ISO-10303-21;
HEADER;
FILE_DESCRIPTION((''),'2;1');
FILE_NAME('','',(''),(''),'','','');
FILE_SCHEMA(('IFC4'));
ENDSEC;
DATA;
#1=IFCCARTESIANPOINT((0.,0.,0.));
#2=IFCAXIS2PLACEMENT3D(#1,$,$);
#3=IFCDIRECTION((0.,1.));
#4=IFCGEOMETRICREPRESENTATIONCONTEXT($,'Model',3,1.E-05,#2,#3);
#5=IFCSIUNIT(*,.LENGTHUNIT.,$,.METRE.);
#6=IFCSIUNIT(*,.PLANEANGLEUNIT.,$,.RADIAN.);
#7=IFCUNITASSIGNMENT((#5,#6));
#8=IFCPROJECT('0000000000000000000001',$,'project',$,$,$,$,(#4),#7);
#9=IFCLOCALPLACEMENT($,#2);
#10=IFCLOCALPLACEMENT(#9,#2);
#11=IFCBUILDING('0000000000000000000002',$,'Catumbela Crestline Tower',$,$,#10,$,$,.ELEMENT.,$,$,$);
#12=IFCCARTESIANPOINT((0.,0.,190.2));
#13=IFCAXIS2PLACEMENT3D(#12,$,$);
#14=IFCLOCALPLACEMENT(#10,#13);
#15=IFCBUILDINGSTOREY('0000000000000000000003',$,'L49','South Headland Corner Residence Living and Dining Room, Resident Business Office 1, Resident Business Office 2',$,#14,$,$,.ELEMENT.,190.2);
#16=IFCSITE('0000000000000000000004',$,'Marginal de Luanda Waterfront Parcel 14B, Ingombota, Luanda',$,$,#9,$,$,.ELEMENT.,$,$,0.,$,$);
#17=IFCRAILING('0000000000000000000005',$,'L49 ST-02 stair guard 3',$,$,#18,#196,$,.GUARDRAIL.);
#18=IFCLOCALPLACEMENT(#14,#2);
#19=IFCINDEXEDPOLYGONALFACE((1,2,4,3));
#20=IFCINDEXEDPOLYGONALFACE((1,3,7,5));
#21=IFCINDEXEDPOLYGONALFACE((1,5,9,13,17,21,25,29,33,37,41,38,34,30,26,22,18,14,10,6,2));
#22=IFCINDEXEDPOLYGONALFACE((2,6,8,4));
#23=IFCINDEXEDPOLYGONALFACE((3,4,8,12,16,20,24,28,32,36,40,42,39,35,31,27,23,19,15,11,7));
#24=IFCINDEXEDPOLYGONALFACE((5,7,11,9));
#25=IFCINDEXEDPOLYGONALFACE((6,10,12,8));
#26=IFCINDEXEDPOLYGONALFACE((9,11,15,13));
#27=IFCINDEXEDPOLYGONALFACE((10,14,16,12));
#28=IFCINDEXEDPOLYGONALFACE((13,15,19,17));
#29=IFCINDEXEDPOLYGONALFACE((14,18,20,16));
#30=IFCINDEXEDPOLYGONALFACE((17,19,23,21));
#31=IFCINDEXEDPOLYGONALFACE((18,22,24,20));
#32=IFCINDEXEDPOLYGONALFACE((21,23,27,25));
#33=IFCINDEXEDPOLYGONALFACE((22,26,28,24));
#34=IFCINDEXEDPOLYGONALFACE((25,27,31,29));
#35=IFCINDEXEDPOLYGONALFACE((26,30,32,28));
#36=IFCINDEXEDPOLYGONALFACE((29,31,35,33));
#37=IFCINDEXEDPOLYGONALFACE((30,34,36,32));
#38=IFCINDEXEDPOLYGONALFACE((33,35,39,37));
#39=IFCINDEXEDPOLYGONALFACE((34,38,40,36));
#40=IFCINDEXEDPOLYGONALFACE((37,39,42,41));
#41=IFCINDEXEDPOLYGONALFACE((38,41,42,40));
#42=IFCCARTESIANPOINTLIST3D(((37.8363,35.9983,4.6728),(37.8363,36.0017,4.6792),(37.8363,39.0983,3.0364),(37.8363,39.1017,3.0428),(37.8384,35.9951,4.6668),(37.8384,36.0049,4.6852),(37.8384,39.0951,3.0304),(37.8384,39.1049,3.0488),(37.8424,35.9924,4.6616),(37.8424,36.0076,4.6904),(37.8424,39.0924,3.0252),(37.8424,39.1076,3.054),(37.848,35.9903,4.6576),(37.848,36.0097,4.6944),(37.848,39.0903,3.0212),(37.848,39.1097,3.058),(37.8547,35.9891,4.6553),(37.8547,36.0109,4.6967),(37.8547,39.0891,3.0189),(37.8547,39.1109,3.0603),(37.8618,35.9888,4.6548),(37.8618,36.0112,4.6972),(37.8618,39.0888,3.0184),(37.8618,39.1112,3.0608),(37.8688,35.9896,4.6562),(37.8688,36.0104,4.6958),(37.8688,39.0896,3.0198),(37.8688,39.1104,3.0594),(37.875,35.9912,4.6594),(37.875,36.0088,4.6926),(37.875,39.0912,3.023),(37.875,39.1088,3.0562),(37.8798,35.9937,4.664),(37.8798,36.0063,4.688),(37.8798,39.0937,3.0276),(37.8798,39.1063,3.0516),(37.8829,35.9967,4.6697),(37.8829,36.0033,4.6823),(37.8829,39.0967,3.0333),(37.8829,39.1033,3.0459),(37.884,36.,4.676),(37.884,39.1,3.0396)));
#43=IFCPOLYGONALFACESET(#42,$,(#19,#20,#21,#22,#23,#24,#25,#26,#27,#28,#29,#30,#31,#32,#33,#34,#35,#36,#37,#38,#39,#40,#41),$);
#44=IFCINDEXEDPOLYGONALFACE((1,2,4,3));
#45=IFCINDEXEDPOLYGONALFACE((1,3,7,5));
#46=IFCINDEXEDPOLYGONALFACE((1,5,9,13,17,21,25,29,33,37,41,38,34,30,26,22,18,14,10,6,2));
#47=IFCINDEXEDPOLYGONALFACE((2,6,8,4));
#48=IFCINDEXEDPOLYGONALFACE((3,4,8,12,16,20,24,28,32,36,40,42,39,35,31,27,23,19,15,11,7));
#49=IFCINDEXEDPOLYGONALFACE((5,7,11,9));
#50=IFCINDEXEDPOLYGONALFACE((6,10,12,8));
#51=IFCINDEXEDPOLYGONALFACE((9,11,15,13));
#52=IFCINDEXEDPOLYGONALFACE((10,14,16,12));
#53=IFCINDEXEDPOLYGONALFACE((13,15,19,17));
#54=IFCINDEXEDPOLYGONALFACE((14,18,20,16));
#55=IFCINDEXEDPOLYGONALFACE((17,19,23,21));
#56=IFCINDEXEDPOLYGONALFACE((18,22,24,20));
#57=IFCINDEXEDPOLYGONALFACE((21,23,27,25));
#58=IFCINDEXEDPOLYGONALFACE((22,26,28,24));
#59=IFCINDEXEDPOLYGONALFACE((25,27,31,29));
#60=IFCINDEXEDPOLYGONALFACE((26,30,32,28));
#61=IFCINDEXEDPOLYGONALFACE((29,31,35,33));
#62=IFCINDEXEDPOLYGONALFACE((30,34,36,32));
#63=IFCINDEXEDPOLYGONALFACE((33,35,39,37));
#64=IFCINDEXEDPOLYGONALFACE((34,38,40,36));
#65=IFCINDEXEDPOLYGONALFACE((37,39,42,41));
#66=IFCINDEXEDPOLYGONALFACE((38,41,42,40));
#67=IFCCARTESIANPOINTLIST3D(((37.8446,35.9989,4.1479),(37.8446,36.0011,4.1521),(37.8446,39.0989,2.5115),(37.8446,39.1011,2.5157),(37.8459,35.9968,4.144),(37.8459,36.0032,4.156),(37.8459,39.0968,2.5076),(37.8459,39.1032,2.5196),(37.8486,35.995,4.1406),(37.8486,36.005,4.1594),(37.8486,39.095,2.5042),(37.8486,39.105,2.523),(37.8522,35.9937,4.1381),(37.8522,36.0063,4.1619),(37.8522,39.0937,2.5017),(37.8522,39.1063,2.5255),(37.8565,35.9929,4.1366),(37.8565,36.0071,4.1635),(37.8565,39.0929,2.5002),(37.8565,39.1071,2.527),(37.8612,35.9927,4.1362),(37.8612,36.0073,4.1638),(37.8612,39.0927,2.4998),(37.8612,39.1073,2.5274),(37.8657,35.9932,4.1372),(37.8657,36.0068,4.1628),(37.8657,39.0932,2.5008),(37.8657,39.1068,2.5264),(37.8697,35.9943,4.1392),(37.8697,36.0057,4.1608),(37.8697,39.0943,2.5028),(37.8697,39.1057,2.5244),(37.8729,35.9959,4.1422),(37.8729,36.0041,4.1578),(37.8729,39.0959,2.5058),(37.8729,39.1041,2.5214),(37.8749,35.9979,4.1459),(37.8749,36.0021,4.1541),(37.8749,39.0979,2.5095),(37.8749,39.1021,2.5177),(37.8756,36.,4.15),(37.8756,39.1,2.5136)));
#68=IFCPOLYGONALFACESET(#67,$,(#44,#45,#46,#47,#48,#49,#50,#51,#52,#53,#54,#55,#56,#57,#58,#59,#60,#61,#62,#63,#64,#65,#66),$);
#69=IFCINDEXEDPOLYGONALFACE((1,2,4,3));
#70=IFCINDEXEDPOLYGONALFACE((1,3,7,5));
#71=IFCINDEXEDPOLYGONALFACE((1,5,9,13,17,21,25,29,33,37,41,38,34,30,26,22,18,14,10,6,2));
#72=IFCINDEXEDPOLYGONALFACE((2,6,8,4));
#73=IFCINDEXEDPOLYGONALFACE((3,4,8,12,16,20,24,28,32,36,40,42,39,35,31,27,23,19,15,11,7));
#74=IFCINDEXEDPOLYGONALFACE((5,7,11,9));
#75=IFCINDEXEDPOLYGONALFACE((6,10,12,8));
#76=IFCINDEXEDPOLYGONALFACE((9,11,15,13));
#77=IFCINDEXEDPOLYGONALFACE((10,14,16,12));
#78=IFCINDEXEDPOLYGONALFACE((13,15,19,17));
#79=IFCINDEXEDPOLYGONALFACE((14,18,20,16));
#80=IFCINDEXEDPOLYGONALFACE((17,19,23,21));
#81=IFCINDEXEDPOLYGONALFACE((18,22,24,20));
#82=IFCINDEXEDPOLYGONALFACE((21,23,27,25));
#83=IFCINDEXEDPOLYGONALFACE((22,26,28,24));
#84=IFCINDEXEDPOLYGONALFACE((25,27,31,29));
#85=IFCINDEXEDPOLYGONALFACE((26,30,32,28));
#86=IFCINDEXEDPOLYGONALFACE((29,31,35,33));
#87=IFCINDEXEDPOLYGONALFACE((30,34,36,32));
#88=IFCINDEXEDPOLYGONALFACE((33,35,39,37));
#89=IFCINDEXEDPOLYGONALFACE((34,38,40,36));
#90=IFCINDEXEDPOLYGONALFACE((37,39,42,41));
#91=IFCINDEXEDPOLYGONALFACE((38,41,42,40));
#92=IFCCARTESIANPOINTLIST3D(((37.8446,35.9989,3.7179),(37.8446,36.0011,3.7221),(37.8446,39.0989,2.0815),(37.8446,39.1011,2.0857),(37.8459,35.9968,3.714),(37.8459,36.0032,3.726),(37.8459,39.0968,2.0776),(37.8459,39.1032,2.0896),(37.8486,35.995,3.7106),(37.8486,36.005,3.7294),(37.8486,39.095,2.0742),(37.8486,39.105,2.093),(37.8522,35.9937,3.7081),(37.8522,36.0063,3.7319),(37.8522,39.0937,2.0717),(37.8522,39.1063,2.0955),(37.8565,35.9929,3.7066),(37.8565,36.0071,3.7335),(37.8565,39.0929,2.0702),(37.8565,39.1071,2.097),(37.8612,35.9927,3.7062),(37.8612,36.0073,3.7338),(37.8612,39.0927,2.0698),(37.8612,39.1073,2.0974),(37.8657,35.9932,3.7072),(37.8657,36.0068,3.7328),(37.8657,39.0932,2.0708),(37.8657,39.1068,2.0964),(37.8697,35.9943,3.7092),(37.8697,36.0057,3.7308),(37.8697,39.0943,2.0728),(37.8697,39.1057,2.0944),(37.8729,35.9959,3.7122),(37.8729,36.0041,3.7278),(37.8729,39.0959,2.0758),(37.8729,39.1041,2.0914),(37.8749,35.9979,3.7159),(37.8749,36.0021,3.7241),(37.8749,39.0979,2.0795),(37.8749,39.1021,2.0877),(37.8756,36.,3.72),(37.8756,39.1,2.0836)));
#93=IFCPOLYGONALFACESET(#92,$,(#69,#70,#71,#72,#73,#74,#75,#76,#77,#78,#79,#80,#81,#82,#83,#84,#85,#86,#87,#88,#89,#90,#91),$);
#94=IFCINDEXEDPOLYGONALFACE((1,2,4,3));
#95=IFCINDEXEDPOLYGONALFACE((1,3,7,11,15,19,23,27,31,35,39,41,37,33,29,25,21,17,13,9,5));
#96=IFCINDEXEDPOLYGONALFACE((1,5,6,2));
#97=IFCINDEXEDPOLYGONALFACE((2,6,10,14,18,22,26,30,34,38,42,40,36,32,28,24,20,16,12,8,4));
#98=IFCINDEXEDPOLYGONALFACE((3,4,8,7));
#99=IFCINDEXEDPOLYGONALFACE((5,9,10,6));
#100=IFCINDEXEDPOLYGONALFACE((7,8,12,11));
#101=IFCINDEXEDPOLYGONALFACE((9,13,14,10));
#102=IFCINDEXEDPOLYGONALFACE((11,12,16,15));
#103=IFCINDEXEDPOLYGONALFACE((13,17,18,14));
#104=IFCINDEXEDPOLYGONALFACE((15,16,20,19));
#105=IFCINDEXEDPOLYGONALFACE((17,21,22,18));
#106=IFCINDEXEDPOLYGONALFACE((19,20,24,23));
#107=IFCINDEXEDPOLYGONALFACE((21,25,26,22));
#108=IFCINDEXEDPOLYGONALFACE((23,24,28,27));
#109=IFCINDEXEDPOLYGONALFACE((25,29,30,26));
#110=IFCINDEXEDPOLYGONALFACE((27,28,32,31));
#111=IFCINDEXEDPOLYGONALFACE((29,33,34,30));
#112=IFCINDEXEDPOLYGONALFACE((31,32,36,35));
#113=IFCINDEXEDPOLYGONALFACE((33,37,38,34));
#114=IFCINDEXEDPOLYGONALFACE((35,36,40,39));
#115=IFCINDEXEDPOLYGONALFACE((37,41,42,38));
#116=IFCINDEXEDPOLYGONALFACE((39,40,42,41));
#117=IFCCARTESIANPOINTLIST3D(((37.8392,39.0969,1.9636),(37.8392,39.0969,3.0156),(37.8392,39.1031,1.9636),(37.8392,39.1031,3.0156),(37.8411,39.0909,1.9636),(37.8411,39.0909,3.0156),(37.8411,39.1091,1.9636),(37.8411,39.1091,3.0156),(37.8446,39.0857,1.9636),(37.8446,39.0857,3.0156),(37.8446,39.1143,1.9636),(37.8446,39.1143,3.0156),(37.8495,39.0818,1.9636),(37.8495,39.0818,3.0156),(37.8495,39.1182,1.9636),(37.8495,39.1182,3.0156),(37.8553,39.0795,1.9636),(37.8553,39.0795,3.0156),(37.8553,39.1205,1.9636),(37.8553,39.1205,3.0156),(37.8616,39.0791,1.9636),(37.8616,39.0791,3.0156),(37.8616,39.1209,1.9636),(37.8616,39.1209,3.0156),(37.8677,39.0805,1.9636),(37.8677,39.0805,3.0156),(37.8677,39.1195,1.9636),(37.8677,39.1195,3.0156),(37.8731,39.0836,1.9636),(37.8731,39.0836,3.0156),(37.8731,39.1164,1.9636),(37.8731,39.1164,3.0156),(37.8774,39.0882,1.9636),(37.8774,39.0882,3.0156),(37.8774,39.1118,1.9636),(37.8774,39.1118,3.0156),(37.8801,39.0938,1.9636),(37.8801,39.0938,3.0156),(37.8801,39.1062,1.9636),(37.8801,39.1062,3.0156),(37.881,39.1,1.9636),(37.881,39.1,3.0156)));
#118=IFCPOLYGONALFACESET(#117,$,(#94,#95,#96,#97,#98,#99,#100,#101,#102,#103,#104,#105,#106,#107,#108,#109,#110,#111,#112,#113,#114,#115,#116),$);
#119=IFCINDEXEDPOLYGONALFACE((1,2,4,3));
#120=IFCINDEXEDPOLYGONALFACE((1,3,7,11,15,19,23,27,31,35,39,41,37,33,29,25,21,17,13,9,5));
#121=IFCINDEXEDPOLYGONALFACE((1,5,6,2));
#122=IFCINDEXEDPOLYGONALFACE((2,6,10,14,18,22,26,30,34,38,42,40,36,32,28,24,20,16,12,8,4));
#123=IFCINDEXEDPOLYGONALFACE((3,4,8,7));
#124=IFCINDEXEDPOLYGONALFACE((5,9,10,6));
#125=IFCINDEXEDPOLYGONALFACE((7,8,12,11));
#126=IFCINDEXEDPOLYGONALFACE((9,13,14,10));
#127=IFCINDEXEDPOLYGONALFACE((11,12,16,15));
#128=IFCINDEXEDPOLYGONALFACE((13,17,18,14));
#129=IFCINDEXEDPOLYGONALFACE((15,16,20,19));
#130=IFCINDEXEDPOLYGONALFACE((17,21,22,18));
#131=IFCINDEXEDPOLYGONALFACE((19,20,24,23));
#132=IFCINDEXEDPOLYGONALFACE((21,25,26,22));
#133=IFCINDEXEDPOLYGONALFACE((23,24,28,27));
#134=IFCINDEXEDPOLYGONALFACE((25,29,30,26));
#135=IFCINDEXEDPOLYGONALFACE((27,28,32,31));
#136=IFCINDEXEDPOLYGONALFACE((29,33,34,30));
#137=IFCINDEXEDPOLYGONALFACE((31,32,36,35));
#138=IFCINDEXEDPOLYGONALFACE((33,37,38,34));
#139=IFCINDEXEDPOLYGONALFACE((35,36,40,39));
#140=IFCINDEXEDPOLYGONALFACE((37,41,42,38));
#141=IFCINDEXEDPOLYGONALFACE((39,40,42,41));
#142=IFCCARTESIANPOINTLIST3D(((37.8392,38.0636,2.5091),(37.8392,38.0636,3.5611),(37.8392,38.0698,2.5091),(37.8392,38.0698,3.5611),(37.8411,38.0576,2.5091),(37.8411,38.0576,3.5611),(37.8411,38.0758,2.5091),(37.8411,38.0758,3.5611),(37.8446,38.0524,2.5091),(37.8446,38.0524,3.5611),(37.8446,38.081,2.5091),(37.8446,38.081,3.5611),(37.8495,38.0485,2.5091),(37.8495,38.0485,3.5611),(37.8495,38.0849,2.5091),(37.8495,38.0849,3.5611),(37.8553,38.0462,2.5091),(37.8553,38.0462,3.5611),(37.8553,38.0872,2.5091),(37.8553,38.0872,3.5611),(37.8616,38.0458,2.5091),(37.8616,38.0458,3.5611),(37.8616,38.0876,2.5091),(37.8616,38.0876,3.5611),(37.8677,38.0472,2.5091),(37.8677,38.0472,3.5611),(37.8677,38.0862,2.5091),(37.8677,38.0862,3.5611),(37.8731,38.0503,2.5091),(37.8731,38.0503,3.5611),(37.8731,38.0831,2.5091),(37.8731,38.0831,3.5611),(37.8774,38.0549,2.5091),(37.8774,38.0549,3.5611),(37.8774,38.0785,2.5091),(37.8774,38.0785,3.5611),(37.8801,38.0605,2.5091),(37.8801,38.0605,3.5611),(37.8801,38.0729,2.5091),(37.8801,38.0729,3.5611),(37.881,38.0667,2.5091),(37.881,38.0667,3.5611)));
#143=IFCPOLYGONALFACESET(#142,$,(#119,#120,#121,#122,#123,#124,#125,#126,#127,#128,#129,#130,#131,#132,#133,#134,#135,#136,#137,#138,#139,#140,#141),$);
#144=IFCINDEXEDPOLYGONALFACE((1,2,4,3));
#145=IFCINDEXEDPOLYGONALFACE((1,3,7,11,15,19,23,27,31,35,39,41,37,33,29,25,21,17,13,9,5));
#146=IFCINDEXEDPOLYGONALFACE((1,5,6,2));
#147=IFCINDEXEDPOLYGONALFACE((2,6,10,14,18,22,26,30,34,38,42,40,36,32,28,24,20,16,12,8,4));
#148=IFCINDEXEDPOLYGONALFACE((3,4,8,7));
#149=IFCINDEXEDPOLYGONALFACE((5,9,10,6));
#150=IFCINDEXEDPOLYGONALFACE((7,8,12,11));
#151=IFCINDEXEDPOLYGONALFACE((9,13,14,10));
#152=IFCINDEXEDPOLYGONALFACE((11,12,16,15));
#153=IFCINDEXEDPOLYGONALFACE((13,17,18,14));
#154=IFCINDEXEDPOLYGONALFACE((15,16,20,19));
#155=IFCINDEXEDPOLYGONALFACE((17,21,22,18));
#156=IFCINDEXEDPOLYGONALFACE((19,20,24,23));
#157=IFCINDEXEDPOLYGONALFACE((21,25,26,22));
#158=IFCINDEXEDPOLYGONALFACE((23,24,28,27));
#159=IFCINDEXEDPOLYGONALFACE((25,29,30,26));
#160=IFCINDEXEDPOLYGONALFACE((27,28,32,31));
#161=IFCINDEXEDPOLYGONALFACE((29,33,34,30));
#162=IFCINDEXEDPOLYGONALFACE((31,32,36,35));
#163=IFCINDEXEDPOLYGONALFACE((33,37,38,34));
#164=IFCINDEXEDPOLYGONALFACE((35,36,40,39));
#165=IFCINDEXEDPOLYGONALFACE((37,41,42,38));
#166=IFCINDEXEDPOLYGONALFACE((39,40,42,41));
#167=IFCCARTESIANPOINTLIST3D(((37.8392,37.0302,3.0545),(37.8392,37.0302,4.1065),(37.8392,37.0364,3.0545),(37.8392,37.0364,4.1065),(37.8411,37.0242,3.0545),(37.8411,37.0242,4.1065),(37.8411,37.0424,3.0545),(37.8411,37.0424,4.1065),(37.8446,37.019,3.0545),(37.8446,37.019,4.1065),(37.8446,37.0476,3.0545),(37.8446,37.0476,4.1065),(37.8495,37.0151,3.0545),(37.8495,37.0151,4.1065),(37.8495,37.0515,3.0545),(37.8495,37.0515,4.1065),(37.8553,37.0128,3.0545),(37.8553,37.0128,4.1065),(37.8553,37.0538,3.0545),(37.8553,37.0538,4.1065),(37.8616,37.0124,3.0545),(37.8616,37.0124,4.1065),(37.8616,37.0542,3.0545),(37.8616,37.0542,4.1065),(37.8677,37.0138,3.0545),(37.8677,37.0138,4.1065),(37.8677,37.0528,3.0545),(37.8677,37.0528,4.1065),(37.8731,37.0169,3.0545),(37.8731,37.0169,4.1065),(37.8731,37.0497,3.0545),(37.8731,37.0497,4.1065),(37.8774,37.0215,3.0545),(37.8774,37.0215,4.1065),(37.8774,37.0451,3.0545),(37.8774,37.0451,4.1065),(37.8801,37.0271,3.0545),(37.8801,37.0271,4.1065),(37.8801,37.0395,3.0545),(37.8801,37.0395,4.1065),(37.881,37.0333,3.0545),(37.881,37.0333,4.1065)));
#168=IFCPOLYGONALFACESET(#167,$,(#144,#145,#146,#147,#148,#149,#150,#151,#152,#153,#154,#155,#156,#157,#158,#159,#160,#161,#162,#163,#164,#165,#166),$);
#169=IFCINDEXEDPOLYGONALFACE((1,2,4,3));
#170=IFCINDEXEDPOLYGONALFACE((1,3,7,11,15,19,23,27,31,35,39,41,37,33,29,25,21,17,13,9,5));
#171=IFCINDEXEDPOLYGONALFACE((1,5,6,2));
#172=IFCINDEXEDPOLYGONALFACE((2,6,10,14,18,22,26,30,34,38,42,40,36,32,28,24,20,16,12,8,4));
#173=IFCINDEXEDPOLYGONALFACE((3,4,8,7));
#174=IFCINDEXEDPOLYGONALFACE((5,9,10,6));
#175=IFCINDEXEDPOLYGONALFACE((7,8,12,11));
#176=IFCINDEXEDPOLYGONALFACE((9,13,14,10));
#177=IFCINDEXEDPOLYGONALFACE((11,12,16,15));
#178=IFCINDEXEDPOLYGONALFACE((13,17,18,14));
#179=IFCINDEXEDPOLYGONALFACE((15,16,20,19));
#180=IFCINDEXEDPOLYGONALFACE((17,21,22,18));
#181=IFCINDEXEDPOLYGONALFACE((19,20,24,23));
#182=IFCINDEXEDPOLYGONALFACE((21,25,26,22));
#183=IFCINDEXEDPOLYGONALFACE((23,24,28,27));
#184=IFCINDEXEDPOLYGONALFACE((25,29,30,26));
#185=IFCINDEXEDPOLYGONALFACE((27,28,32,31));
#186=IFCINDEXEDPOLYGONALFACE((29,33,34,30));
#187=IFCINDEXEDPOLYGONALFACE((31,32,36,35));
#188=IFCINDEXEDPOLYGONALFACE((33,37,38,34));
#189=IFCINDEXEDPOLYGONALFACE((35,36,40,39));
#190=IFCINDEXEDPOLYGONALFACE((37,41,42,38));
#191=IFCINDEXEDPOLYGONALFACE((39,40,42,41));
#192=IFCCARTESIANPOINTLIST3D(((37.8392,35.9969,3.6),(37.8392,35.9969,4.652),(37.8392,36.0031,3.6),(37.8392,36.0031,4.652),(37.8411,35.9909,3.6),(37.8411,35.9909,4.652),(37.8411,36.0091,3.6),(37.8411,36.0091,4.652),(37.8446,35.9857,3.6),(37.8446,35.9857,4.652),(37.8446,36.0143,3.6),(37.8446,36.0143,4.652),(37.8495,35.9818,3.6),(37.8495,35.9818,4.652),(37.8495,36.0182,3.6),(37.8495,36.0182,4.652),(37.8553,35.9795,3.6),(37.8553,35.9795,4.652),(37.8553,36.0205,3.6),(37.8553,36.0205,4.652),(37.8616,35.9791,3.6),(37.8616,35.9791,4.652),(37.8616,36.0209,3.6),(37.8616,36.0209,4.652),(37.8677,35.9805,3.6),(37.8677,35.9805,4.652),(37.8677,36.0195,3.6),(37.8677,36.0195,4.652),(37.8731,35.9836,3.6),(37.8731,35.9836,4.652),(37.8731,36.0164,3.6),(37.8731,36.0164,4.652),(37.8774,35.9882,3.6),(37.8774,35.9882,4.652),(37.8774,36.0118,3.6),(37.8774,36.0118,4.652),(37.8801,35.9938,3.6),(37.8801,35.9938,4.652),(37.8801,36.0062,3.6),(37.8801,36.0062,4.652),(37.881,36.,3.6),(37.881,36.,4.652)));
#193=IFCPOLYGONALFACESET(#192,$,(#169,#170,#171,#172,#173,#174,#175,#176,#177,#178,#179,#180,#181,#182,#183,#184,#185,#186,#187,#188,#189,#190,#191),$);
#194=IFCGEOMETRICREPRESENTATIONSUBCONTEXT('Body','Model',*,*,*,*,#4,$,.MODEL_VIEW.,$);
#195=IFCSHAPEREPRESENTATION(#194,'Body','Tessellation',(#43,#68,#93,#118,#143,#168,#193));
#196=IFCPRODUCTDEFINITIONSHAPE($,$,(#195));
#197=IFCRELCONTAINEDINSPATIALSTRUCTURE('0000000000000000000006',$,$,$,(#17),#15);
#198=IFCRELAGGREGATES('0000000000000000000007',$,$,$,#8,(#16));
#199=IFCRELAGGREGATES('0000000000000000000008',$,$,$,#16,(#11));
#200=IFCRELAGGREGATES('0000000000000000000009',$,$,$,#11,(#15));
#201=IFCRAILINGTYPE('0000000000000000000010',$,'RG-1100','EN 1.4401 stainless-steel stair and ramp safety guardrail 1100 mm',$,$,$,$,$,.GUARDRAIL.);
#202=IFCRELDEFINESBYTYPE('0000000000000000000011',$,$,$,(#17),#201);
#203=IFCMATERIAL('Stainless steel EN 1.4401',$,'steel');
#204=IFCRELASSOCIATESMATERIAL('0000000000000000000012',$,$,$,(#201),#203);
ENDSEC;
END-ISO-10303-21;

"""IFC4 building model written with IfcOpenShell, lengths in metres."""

from ifc_helpers import new_model, si_unit, direction, frame, origin, origin_2d, place, context, subcontext, project, spatial, circle, extrude, material, type_object, element, save


model = new_model("IFC4")

# Units and contexts
model_context = context("Model", 3, precision=1e-05, world=origin(), true_north=direction((0.0, 1.0)))
body_context = subcontext(model_context, "Body", "Model", "MODEL_VIEW")
ifc_project = project(units=[si_unit("LENGTHUNIT", "METRE"), si_unit("PLANEANGLEUNIT", "RADIAN")], contexts=[model_context])

# Site, building, storey
site_placement = place(None, origin())
site = spatial("IfcSite", under=ifc_project, at=site_placement, Name="Marginal de Luanda Waterfront Parcel 14B, Ingombota, Luanda", CompositionType="ELEMENT", RefElevation=0.0)
building_placement = place(site_placement, origin())
building = spatial("IfcBuilding", under=site, at=building_placement, Name="Catumbela Crestline Tower", CompositionType="ELEMENT")
storey_placement = place(building_placement, frame((0.0, 0.0, 190.2)))
storey = spatial("IfcBuildingStorey", under=building, at=storey_placement, Name="L49", Description="South Headland Corner Residence Living and Dining Room, Resident Business Office 1, Resident Business Office 2", CompositionType="ELEMENT", Elevation=190.2)

# Shared definitions
ifc_material_1 = material(Name="Stainless steel EN 1.4401", Category="steel")

# Railing
railing_type_1 = type_object("IfcRailingType", Name="RG-1100", Description="EN 1.4401 stainless-steel stair and ramp safety guardrail 1100 mm", PredefinedType="GUARDRAIL", material=ifc_material_1)
railing_1_placement = place(storey_placement, frame((37.86, 39.1, 1.9636)))
element("IfcRailing", 1, at=railing_1_placement, inside=storey, type_object=railing_type_1, Name="L49 ST-02 stair guard 3", PredefinedType="GUARDRAIL", context=body_context, shape_type="SweptSolid", body=[
    extrude(circle(Radius=0.024, at=origin_2d()), frame((0.0, 0.0, 1.076), z_axis=(0.0, -0.884351, 0.466823), x_axis=(1.0, 0.0, 0.0)), (0.0, 0.0, 1.0), 3.5054),
    extrude(circle(Radius=0.0156, at=origin_2d()), frame((0.0, 0.0, 0.55), z_axis=(0.0, -0.884351, 0.466823), x_axis=(1.0, 0.0, 0.0)), (0.0, 0.0, 1.0), 3.5054),
    extrude(circle(Radius=0.0156, at=origin_2d()), frame((0.0, 0.0, 0.12), z_axis=(0.0, -0.884351, 0.466823), x_axis=(1.0, 0.0, 0.0)), (0.0, 0.0, 1.0), 3.5054),
    extrude(circle(Radius=0.021, at=origin_2d()), origin(), (0.0, 0.0, 1.0), 1.052),
    extrude(circle(Radius=0.021, at=origin_2d()), frame((0.0, -1.0333, 0.5455)), (0.0, 0.0, 1.0), 1.052),
    extrude(circle(Radius=0.021, at=origin_2d()), frame((0.0, -2.0667, 1.0909)), (0.0, 0.0, 1.0), 1.052),
    extrude(circle(Radius=0.021, at=origin_2d()), frame((0.0, -3.1, 1.6364)), (0.0, 0.0, 1.0), 1.052),
])

save(model, "model.ifc")
